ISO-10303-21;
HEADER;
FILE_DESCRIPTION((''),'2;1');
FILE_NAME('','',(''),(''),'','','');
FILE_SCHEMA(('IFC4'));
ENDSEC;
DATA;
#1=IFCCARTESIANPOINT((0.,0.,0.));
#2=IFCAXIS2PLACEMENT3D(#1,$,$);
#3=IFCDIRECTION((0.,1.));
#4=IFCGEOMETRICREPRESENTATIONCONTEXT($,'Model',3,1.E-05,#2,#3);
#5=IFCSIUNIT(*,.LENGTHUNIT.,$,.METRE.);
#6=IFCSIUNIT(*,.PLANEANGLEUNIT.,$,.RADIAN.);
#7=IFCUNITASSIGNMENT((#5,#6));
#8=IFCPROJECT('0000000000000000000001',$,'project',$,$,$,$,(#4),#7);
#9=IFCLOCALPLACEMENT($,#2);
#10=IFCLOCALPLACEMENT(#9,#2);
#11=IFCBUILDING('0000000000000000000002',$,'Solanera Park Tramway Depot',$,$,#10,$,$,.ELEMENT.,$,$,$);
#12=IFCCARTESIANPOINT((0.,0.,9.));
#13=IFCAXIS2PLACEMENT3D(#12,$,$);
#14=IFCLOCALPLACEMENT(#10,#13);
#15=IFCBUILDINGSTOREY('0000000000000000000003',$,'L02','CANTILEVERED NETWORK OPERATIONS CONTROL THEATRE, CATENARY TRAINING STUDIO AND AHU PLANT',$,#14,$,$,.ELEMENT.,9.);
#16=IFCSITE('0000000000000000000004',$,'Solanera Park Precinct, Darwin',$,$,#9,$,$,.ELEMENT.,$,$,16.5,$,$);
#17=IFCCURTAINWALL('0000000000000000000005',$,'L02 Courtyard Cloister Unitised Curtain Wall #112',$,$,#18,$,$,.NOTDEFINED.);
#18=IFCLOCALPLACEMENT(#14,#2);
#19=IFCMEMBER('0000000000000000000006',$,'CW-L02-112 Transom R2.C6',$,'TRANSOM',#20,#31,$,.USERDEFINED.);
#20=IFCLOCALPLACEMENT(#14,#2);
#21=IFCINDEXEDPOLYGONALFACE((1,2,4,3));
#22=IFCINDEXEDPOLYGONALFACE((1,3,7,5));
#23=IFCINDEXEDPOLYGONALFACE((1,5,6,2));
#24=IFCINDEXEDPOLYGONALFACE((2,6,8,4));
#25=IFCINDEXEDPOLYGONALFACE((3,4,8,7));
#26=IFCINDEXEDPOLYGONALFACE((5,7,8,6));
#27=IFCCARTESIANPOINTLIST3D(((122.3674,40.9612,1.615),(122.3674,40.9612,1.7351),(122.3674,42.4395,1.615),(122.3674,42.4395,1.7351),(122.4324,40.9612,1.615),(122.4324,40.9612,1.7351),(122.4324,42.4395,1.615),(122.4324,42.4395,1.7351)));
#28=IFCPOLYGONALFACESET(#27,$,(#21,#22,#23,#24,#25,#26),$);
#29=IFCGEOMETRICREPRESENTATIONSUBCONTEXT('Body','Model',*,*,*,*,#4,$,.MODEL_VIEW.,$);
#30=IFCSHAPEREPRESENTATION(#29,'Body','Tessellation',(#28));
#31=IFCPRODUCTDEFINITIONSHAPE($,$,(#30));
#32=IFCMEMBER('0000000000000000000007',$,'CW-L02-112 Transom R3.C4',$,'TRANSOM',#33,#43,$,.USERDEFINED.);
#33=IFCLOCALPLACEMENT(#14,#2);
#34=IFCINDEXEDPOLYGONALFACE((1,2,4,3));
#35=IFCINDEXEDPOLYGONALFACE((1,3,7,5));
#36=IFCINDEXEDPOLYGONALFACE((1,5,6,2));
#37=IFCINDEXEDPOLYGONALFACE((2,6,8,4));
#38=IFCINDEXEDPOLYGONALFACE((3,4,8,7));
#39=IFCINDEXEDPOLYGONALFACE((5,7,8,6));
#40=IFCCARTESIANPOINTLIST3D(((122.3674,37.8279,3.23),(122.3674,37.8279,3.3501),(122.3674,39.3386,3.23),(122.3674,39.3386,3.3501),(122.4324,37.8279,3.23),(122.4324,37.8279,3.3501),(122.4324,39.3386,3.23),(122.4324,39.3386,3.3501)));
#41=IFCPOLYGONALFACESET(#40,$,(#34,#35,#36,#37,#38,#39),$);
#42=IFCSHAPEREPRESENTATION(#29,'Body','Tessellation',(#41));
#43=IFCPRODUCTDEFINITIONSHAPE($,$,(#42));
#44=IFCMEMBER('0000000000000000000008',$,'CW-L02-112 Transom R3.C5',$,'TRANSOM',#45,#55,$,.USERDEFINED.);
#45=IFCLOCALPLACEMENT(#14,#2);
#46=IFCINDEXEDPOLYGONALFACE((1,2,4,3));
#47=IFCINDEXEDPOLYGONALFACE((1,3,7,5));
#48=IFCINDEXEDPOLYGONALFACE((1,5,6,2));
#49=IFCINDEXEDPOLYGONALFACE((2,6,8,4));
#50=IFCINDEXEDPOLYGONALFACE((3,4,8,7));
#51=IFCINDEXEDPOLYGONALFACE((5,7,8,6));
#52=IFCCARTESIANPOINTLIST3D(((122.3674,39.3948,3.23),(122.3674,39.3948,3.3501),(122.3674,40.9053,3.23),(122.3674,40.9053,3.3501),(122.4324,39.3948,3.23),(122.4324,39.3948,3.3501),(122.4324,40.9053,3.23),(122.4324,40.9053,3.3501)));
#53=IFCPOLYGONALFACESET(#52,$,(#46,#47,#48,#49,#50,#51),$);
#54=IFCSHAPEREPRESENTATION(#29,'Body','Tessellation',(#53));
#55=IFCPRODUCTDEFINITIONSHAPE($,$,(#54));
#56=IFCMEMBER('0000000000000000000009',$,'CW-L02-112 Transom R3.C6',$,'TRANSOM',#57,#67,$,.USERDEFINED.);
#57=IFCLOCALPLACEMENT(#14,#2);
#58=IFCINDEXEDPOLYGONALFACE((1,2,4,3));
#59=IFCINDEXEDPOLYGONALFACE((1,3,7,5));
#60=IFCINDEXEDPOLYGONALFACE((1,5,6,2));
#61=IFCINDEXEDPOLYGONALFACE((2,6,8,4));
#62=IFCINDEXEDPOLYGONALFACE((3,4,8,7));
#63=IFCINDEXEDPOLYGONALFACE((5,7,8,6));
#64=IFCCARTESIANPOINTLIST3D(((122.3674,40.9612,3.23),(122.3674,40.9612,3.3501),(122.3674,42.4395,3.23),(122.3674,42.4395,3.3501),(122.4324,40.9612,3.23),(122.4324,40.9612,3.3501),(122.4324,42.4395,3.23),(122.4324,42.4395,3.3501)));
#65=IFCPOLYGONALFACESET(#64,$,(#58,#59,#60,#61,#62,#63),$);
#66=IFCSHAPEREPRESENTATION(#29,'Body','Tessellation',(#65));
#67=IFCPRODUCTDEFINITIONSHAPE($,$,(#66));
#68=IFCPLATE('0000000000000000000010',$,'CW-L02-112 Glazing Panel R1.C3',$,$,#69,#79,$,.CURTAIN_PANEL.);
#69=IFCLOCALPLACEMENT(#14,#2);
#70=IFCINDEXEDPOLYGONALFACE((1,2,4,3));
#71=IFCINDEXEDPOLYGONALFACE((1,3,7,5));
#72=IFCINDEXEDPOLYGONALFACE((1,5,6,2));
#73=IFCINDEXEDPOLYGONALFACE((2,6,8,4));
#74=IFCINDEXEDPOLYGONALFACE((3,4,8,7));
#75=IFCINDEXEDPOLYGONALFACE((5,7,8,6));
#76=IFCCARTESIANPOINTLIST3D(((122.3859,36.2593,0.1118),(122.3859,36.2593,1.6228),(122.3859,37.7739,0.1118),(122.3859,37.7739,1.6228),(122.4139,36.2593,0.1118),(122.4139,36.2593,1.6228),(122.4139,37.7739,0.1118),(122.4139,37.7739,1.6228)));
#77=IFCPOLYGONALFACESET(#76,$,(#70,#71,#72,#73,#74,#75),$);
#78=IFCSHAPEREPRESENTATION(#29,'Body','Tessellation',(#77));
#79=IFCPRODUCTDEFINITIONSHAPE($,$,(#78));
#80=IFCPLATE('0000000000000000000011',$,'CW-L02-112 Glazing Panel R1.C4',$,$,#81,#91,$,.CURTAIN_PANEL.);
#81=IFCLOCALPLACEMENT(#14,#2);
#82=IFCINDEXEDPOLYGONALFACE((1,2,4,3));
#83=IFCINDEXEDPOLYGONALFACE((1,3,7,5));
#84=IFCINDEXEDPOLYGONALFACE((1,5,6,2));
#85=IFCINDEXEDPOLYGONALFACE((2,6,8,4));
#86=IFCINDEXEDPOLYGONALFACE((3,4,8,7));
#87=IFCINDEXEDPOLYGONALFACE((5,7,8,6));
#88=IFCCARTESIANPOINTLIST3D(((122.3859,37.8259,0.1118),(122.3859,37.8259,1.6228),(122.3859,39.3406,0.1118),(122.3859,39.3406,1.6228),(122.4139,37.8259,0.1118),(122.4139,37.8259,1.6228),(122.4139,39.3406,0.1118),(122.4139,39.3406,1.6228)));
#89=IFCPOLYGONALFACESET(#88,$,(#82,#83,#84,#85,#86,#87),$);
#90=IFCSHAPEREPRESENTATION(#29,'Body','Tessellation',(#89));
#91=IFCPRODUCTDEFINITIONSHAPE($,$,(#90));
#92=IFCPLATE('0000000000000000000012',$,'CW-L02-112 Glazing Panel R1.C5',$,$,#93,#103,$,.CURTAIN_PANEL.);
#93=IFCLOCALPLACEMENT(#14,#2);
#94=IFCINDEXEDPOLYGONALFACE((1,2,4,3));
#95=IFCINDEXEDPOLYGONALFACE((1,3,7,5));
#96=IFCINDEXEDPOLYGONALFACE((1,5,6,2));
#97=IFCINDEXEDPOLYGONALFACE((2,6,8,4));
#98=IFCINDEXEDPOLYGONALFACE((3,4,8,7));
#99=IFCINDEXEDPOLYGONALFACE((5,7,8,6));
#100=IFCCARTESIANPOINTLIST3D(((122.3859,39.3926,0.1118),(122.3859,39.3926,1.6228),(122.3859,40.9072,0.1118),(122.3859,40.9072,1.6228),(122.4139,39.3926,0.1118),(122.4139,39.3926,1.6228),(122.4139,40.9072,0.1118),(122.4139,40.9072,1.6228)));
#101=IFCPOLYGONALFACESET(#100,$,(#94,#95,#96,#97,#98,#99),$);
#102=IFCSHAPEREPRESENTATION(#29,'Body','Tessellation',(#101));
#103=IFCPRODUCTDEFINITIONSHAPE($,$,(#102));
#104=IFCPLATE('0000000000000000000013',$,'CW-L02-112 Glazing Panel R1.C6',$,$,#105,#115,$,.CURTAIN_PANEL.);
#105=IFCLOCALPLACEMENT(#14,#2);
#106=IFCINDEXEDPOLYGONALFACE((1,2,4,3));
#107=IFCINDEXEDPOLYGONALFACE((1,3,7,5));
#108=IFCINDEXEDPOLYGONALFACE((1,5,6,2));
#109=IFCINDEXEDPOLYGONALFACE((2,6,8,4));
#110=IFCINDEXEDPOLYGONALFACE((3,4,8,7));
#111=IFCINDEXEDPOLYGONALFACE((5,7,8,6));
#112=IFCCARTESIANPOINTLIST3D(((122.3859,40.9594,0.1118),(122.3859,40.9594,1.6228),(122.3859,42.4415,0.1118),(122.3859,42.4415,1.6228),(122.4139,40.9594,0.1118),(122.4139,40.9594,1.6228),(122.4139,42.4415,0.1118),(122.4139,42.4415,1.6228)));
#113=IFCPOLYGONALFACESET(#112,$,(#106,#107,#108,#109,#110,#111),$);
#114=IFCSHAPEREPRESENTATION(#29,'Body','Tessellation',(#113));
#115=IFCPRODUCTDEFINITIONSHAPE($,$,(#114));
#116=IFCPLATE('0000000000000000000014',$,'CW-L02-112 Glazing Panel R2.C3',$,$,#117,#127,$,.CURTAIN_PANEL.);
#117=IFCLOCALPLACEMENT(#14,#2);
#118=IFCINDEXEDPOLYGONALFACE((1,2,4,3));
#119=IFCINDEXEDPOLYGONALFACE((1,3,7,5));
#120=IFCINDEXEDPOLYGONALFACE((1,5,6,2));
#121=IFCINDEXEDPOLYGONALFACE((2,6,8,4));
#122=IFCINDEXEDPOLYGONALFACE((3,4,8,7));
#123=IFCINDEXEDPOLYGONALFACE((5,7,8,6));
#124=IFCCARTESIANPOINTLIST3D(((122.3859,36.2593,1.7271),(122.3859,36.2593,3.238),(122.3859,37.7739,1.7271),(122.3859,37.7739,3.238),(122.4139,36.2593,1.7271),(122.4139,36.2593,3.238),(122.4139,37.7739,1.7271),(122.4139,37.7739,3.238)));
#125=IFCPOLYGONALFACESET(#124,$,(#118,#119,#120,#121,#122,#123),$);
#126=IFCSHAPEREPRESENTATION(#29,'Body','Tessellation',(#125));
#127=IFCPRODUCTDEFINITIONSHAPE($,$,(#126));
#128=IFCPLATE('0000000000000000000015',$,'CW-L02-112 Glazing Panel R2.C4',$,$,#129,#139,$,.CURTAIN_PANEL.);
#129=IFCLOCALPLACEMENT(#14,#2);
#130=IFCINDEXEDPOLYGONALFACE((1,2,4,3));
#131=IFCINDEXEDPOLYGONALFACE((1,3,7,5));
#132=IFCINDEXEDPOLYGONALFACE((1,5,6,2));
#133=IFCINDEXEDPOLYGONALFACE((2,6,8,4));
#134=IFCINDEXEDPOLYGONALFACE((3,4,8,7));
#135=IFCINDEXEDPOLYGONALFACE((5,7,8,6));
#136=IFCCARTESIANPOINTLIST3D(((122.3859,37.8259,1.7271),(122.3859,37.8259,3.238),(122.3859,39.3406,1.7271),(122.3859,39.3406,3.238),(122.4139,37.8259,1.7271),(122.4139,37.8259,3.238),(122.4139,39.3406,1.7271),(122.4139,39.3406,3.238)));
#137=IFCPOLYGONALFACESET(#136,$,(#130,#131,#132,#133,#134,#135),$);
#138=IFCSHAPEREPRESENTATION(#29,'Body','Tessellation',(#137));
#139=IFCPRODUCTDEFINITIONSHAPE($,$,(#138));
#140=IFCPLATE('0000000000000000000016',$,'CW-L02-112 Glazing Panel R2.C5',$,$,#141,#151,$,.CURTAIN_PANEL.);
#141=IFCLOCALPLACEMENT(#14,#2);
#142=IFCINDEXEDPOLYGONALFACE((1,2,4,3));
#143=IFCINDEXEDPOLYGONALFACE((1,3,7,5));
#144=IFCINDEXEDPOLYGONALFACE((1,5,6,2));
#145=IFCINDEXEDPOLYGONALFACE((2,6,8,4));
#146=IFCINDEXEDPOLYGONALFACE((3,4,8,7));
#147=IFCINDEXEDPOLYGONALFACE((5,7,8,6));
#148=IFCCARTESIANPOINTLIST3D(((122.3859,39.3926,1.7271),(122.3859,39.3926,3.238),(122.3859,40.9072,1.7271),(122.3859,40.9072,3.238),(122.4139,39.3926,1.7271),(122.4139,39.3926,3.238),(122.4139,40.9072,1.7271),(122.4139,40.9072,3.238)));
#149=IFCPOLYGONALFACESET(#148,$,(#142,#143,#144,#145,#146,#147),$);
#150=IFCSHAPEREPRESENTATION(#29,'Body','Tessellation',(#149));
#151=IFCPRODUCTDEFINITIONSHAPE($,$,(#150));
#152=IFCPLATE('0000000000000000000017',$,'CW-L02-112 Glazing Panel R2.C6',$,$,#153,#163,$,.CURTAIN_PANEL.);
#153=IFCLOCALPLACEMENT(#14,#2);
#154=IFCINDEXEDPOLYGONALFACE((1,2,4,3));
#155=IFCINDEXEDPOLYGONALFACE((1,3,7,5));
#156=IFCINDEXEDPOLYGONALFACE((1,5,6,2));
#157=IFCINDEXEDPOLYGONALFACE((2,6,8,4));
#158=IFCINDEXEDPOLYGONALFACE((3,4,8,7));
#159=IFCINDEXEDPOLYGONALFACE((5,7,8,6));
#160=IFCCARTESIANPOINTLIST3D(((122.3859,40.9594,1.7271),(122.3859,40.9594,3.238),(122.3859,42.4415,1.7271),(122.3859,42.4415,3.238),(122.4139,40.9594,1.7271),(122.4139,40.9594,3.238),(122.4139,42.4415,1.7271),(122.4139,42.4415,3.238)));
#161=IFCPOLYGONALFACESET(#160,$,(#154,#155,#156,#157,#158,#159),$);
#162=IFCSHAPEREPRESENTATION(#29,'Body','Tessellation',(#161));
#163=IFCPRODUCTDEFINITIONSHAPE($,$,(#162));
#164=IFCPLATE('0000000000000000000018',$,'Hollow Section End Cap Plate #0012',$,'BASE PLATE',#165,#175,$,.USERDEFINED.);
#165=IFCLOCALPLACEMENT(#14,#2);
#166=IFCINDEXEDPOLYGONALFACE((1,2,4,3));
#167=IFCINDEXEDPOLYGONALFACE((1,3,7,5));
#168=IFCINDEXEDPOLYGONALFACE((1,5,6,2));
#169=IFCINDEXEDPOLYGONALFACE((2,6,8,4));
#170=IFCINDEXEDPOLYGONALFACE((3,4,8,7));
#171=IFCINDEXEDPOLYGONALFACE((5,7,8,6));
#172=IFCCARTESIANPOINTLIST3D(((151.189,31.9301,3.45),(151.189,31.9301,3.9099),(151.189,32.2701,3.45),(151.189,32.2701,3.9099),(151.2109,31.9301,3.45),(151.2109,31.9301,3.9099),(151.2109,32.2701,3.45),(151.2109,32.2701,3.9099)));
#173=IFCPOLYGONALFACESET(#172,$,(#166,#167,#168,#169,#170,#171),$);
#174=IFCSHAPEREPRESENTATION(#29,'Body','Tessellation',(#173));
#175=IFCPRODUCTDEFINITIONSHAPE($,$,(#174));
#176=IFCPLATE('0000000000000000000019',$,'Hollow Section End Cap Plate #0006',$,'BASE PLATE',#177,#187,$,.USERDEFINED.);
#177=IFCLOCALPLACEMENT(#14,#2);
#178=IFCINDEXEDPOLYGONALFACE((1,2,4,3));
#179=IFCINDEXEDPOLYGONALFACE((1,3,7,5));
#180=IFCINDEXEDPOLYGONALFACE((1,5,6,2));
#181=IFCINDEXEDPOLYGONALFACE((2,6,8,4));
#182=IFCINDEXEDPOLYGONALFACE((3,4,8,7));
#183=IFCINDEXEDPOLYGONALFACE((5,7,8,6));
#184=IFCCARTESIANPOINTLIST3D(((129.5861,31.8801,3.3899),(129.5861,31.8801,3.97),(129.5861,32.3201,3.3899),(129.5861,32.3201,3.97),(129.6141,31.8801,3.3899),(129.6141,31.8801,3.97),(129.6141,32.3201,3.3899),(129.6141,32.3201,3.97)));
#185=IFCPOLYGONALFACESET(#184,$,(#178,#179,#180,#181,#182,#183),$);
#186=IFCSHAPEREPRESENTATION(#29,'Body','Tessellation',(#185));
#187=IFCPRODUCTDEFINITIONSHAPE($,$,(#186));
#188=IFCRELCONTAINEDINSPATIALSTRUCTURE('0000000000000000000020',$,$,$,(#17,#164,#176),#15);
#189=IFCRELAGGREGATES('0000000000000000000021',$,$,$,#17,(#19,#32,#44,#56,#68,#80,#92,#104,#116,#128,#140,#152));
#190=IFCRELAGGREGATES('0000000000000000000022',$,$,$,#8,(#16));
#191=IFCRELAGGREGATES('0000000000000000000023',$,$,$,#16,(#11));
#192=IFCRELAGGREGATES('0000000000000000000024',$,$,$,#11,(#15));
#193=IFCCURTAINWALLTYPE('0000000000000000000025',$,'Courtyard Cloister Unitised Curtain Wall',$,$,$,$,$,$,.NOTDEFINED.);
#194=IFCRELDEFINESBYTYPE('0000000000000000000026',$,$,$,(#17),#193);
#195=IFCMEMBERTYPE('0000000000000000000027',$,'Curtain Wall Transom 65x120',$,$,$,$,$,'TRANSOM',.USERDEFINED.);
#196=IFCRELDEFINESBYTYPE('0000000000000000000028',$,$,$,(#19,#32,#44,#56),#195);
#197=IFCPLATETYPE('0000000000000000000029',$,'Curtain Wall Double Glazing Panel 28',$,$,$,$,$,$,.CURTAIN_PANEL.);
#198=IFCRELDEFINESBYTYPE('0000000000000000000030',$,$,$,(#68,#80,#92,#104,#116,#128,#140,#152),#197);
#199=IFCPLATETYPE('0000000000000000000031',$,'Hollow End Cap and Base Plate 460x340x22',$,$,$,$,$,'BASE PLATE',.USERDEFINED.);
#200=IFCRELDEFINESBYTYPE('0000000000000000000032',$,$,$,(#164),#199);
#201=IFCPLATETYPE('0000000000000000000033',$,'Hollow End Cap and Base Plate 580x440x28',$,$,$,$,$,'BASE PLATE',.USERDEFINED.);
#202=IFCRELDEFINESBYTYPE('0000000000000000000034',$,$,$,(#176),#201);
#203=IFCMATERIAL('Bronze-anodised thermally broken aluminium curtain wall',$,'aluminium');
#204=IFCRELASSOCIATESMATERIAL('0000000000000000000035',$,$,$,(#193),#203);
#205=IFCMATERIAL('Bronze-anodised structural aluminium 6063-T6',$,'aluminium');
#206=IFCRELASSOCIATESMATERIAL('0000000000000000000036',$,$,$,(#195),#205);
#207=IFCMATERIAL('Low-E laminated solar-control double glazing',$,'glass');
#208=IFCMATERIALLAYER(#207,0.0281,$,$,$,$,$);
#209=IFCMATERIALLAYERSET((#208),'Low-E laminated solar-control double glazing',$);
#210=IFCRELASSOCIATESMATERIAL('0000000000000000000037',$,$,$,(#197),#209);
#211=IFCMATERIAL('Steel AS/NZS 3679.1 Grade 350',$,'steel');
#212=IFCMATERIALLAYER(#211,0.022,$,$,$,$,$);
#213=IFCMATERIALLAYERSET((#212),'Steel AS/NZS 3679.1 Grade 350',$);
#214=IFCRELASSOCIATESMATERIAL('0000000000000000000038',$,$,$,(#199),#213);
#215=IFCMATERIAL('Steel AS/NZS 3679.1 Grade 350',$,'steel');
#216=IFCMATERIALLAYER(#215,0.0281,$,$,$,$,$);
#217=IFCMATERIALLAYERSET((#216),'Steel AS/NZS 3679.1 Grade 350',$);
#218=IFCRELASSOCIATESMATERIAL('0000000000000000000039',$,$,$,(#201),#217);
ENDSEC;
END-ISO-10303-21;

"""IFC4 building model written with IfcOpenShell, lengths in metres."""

from ifc_helpers import new_model, si_unit, direction, frame, origin, origin_2d, place, context, subcontext, project, spatial, rectangle, extrude, material, layer, layer_set, material_profile, profile_set, type_object, element, aggregate, save


model = new_model("IFC4")

# Units and contexts
model_context = context("Model", 3, precision=1e-05, world=origin(), true_north=direction((0.0, 1.0)))
body_context = subcontext(model_context, "Body", "Model", "MODEL_VIEW")
ifc_project = project(units=[si_unit("LENGTHUNIT", "METRE"), si_unit("PLANEANGLEUNIT", "RADIAN")], contexts=[model_context])

# Site, building, storey
site_placement = place(None, origin())
site = spatial("IfcSite", under=ifc_project, at=site_placement, Name="Solanera Park Precinct, Darwin", CompositionType="ELEMENT", RefElevation=16.5)
building_placement = place(site_placement, origin())
building = spatial("IfcBuilding", under=site, at=building_placement, Name="Solanera Park Tramway Depot", CompositionType="ELEMENT")
storey_placement = place(building_placement, frame((0.0, 0.0, 9.0)))
storey = spatial("IfcBuildingStorey", under=building, at=storey_placement, Name="L02", Description="CANTILEVERED NETWORK OPERATIONS CONTROL THEATRE, CATENARY TRAINING STUDIO AND AHU PLANT", CompositionType="ELEMENT", Elevation=9.0)

# Curtain wall, members, plates
ifc_material_1 = material(Name="Bronze-anodised thermally broken aluminium curtain wall", Category="aluminium")
curtain_wall_type = type_object("IfcCurtainWallType", Name="Courtyard Cloister Unitised Curtain Wall", PredefinedType="NOTDEFINED", material=ifc_material_1)
curtain_wall_placement = place(storey_placement, origin())
curtain_wall = element("IfcCurtainWall", 1, at=curtain_wall_placement, inside=storey, type_object=curtain_wall_type, Name="L02 Courtyard Cloister Unitised Curtain Wall #112", PredefinedType="NOTDEFINED")
ifc_material_2 = material(Name="Bronze-anodised structural aluminium 6063-T6", Category="aluminium")
ifc_material_profile_1 = material_profile(ifc_material_2, rectangle(XDim=0.0649, YDim=0.1201, at=origin_2d()), Name="Curtain Wall Transom 65x120")
ifc_profile_set_1 = profile_set([ifc_material_profile_1], Name="Bronze-anodised structural aluminium 6063-T6")
member_type_1 = type_object("IfcMemberType", Name="Curtain Wall Transom 65x120", ElementType="TRANSOM", PredefinedType="USERDEFINED", material=ifc_profile_set_1)
member_1_placement = place(storey_placement, frame((122.3999, 40.9612, 1.675), z_axis=(0.0, 1.0, 0.0), x_axis=(-1.0, 0.0, 0.0)))
member_1 = element("IfcMember", 2, at=member_1_placement, type_object=member_type_1, Name="CW-L02-112 Transom R2.C6", ObjectType="TRANSOM", PredefinedType="USERDEFINED", context=body_context, shape_type="SweptSolid", body=[
    extrude(rectangle(XDim=0.0649, YDim=0.1201, at=origin_2d()), origin(), (0.0, 0.0, 1.0), 1.4783),
])
member_2_placement = place(storey_placement, frame((122.3999, 37.8279, 3.29), z_axis=(0.0, 1.0, 0.0), x_axis=(-1.0, 0.0, 0.0)))
member_2 = element("IfcMember", 3, at=member_2_placement, type_object=member_type_1, Name="CW-L02-112 Transom R3.C4", ObjectType="TRANSOM", PredefinedType="USERDEFINED", context=body_context, shape_type="SweptSolid", body=[
    extrude(rectangle(XDim=0.0649, YDim=0.1201, at=origin_2d()), origin(), (0.0, 0.0, 1.0), 1.5107),
])
member_3_placement = place(storey_placement, frame((122.3999, 39.3948, 3.29), z_axis=(0.0, 1.0, 0.0), x_axis=(-1.0, 0.0, 0.0)))
member_3 = element("IfcMember", 4, at=member_3_placement, type_object=member_type_1, Name="CW-L02-112 Transom R3.C5", ObjectType="TRANSOM", PredefinedType="USERDEFINED", context=body_context, shape_type="SweptSolid", body=[
    extrude(rectangle(XDim=0.0649, YDim=0.1201, at=origin_2d()), origin(), (0.0, 0.0, 1.0), 1.5105),
])
member_4_placement = place(storey_placement, frame((122.3999, 40.9612, 3.29), z_axis=(0.0, 1.0, 0.0), x_axis=(-1.0, 0.0, 0.0)))
member_4 = element("IfcMember", 5, at=member_4_placement, type_object=member_type_1, Name="CW-L02-112 Transom R3.C6", ObjectType="TRANSOM", PredefinedType="USERDEFINED", context=body_context, shape_type="SweptSolid", body=[
    extrude(rectangle(XDim=0.0649, YDim=0.1201, at=origin_2d()), origin(), (0.0, 0.0, 1.0), 1.4783),
])
ifc_material_3 = material(Name="Low-E laminated solar-control double glazing", Category="glass")
ifc_layer_1 = layer(ifc_material_3, 0.0281)
ifc_layer_set_1 = layer_set([ifc_layer_1], Name="Low-E laminated solar-control double glazing")
plate_type_1 = type_object("IfcPlateType", Name="Curtain Wall Double Glazing Panel 28", PredefinedType="CURTAIN_PANEL", material=ifc_layer_set_1)
plate_1_placement = place(storey_placement, frame((122.3999, 37.0166, 0.1118), z_axis=(0.0, 0.0, 1.0), x_axis=(0.0, 1.0, 0.0)))
plate_1 = element("IfcPlate", 6, at=plate_1_placement, type_object=plate_type_1, Name="CW-L02-112 Glazing Panel R1.C3", PredefinedType="CURTAIN_PANEL", context=body_context, shape_type="SweptSolid", body=[
    extrude(rectangle(XDim=1.5146, YDim=0.0281, at=origin_2d()), origin(), (0.0, 0.0, 1.0), 1.511),
])
plate_2_placement = place(storey_placement, frame((122.3999, 38.5833, 0.1118), z_axis=(0.0, 0.0, 1.0), x_axis=(0.0, 1.0, 0.0)))
plate_2 = element("IfcPlate", 7, at=plate_2_placement, type_object=plate_type_1, Name="CW-L02-112 Glazing Panel R1.C4", PredefinedType="CURTAIN_PANEL", context=body_context, shape_type="SweptSolid", body=[
    extrude(rectangle(XDim=1.5146, YDim=0.0281, at=origin_2d()), origin(), (0.0, 0.0, 1.0), 1.511),
])
plate_3_placement = place(storey_placement, frame((122.3999, 40.1499, 0.1118), z_axis=(0.0, 0.0, 1.0), x_axis=(0.0, 1.0, 0.0)))
plate_3 = element("IfcPlate", 8, at=plate_3_placement, type_object=plate_type_1, Name="CW-L02-112 Glazing Panel R1.C5", PredefinedType="CURTAIN_PANEL", context=body_context, shape_type="SweptSolid", body=[
    extrude(rectangle(XDim=1.5146, YDim=0.0281, at=origin_2d()), origin(), (0.0, 0.0, 1.0), 1.511),
])
plate_4_placement = place(storey_placement, frame((122.3999, 41.7004, 0.1118), z_axis=(0.0, 0.0, 1.0), x_axis=(0.0, 1.0, 0.0)))
plate_4 = element("IfcPlate", 9, at=plate_4_placement, type_object=plate_type_1, Name="CW-L02-112 Glazing Panel R1.C6", PredefinedType="CURTAIN_PANEL", context=body_context, shape_type="SweptSolid", body=[
    extrude(rectangle(XDim=1.4822, YDim=0.0281, at=origin_2d()), origin(), (0.0, 0.0, 1.0), 1.511),
])
plate_5_placement = place(storey_placement, frame((122.3999, 37.0166, 1.7271), z_axis=(0.0, 0.0, 1.0), x_axis=(0.0, 1.0, 0.0)))
plate_5 = element("IfcPlate", 10, at=plate_5_placement, type_object=plate_type_1, Name="CW-L02-112 Glazing Panel R2.C3", PredefinedType="CURTAIN_PANEL", context=body_context, shape_type="SweptSolid", body=[
    extrude(rectangle(XDim=1.5146, YDim=0.0281, at=origin_2d()), origin(), (0.0, 0.0, 1.0), 1.511),
])
plate_6_placement = place(storey_placement, frame((122.3999, 38.5833, 1.7271), z_axis=(0.0, 0.0, 1.0), x_axis=(0.0, 1.0, 0.0)))
plate_6 = element("IfcPlate", 11, at=plate_6_placement, type_object=plate_type_1, Name="CW-L02-112 Glazing Panel R2.C4", PredefinedType="CURTAIN_PANEL", context=body_context, shape_type="SweptSolid", body=[
    extrude(rectangle(XDim=1.5146, YDim=0.0281, at=origin_2d()), origin(), (0.0, 0.0, 1.0), 1.511),
])
plate_7_placement = place(storey_placement, frame((122.3999, 40.1499, 1.7271), z_axis=(0.0, 0.0, 1.0), x_axis=(0.0, 1.0, 0.0)))
plate_7 = element("IfcPlate", 12, at=plate_7_placement, type_object=plate_type_1, Name="CW-L02-112 Glazing Panel R2.C5", PredefinedType="CURTAIN_PANEL", context=body_context, shape_type="SweptSolid", body=[
    extrude(rectangle(XDim=1.5146, YDim=0.0281, at=origin_2d()), origin(), (0.0, 0.0, 1.0), 1.511),
])
plate_8_placement = place(storey_placement, frame((122.3999, 41.7004, 1.7271), z_axis=(0.0, 0.0, 1.0), x_axis=(0.0, 1.0, 0.0)))
plate_8 = element("IfcPlate", 13, at=plate_8_placement, type_object=plate_type_1, Name="CW-L02-112 Glazing Panel R2.C6", PredefinedType="CURTAIN_PANEL", context=body_context, shape_type="SweptSolid", body=[
    extrude(rectangle(XDim=1.4822, YDim=0.0281, at=origin_2d()), origin(), (0.0, 0.0, 1.0), 1.511),
])
aggregate(curtain_wall, [member_1, member_2, member_3, member_4, plate_1, plate_2, plate_3, plate_4, plate_5, plate_6, plate_7, plate_8])

# Plates
ifc_material_4 = material(Name="Steel AS/NZS 3679.1 Grade 350", Category="steel")
ifc_layer_2 = layer(ifc_material_4, 0.022)
ifc_layer_set_2 = layer_set([ifc_layer_2], Name="Steel AS/NZS 3679.1 Grade 350")
plate_type_2 = type_object("IfcPlateType", Name="Hollow End Cap and Base Plate 460x340x22", ElementType="BASE PLATE", PredefinedType="USERDEFINED", material=ifc_layer_set_2)
plate_9_placement = place(storey_placement, frame((151.2, 32.1001, 3.45), z_axis=(0.0, 0.0, 1.0), x_axis=(1.0, 0.0, 0.0)))
element("IfcPlate", 14, at=plate_9_placement, inside=storey, type_object=plate_type_2, Name="Hollow Section End Cap Plate #0012", ObjectType="BASE PLATE", PredefinedType="USERDEFINED", context=body_context, shape_type="SweptSolid", body=[
    extrude(rectangle(XDim=0.022, YDim=0.3401, at=origin_2d()), origin(), (0.0, 0.0, 1.0), 0.46),
])
ifc_material_5 = material(Name="Steel AS/NZS 3679.1 Grade 350", Category="steel")
ifc_layer_3 = layer(ifc_material_5, 0.0281)
ifc_layer_set_3 = layer_set([ifc_layer_3], Name="Steel AS/NZS 3679.1 Grade 350")
plate_type_3 = type_object("IfcPlateType", Name="Hollow End Cap and Base Plate 580x440x28", ElementType="BASE PLATE", PredefinedType="USERDEFINED", material=ifc_layer_set_3)
plate_10_placement = place(storey_placement, frame((129.6001, 32.1001, 3.3899), z_axis=(0.0, 0.0, 1.0), x_axis=(1.0, 0.0, 0.0)))
element("IfcPlate", 15, at=plate_10_placement, inside=storey, type_object=plate_type_3, Name="Hollow Section End Cap Plate #0006", ObjectType="BASE PLATE", PredefinedType="USERDEFINED", context=body_context, shape_type="SweptSolid", body=[
    extrude(rectangle(XDim=0.0281, YDim=0.4399, at=origin_2d()), origin(), (0.0, 0.0, 1.0), 0.5801),
])

save(model, "model.ifc")
